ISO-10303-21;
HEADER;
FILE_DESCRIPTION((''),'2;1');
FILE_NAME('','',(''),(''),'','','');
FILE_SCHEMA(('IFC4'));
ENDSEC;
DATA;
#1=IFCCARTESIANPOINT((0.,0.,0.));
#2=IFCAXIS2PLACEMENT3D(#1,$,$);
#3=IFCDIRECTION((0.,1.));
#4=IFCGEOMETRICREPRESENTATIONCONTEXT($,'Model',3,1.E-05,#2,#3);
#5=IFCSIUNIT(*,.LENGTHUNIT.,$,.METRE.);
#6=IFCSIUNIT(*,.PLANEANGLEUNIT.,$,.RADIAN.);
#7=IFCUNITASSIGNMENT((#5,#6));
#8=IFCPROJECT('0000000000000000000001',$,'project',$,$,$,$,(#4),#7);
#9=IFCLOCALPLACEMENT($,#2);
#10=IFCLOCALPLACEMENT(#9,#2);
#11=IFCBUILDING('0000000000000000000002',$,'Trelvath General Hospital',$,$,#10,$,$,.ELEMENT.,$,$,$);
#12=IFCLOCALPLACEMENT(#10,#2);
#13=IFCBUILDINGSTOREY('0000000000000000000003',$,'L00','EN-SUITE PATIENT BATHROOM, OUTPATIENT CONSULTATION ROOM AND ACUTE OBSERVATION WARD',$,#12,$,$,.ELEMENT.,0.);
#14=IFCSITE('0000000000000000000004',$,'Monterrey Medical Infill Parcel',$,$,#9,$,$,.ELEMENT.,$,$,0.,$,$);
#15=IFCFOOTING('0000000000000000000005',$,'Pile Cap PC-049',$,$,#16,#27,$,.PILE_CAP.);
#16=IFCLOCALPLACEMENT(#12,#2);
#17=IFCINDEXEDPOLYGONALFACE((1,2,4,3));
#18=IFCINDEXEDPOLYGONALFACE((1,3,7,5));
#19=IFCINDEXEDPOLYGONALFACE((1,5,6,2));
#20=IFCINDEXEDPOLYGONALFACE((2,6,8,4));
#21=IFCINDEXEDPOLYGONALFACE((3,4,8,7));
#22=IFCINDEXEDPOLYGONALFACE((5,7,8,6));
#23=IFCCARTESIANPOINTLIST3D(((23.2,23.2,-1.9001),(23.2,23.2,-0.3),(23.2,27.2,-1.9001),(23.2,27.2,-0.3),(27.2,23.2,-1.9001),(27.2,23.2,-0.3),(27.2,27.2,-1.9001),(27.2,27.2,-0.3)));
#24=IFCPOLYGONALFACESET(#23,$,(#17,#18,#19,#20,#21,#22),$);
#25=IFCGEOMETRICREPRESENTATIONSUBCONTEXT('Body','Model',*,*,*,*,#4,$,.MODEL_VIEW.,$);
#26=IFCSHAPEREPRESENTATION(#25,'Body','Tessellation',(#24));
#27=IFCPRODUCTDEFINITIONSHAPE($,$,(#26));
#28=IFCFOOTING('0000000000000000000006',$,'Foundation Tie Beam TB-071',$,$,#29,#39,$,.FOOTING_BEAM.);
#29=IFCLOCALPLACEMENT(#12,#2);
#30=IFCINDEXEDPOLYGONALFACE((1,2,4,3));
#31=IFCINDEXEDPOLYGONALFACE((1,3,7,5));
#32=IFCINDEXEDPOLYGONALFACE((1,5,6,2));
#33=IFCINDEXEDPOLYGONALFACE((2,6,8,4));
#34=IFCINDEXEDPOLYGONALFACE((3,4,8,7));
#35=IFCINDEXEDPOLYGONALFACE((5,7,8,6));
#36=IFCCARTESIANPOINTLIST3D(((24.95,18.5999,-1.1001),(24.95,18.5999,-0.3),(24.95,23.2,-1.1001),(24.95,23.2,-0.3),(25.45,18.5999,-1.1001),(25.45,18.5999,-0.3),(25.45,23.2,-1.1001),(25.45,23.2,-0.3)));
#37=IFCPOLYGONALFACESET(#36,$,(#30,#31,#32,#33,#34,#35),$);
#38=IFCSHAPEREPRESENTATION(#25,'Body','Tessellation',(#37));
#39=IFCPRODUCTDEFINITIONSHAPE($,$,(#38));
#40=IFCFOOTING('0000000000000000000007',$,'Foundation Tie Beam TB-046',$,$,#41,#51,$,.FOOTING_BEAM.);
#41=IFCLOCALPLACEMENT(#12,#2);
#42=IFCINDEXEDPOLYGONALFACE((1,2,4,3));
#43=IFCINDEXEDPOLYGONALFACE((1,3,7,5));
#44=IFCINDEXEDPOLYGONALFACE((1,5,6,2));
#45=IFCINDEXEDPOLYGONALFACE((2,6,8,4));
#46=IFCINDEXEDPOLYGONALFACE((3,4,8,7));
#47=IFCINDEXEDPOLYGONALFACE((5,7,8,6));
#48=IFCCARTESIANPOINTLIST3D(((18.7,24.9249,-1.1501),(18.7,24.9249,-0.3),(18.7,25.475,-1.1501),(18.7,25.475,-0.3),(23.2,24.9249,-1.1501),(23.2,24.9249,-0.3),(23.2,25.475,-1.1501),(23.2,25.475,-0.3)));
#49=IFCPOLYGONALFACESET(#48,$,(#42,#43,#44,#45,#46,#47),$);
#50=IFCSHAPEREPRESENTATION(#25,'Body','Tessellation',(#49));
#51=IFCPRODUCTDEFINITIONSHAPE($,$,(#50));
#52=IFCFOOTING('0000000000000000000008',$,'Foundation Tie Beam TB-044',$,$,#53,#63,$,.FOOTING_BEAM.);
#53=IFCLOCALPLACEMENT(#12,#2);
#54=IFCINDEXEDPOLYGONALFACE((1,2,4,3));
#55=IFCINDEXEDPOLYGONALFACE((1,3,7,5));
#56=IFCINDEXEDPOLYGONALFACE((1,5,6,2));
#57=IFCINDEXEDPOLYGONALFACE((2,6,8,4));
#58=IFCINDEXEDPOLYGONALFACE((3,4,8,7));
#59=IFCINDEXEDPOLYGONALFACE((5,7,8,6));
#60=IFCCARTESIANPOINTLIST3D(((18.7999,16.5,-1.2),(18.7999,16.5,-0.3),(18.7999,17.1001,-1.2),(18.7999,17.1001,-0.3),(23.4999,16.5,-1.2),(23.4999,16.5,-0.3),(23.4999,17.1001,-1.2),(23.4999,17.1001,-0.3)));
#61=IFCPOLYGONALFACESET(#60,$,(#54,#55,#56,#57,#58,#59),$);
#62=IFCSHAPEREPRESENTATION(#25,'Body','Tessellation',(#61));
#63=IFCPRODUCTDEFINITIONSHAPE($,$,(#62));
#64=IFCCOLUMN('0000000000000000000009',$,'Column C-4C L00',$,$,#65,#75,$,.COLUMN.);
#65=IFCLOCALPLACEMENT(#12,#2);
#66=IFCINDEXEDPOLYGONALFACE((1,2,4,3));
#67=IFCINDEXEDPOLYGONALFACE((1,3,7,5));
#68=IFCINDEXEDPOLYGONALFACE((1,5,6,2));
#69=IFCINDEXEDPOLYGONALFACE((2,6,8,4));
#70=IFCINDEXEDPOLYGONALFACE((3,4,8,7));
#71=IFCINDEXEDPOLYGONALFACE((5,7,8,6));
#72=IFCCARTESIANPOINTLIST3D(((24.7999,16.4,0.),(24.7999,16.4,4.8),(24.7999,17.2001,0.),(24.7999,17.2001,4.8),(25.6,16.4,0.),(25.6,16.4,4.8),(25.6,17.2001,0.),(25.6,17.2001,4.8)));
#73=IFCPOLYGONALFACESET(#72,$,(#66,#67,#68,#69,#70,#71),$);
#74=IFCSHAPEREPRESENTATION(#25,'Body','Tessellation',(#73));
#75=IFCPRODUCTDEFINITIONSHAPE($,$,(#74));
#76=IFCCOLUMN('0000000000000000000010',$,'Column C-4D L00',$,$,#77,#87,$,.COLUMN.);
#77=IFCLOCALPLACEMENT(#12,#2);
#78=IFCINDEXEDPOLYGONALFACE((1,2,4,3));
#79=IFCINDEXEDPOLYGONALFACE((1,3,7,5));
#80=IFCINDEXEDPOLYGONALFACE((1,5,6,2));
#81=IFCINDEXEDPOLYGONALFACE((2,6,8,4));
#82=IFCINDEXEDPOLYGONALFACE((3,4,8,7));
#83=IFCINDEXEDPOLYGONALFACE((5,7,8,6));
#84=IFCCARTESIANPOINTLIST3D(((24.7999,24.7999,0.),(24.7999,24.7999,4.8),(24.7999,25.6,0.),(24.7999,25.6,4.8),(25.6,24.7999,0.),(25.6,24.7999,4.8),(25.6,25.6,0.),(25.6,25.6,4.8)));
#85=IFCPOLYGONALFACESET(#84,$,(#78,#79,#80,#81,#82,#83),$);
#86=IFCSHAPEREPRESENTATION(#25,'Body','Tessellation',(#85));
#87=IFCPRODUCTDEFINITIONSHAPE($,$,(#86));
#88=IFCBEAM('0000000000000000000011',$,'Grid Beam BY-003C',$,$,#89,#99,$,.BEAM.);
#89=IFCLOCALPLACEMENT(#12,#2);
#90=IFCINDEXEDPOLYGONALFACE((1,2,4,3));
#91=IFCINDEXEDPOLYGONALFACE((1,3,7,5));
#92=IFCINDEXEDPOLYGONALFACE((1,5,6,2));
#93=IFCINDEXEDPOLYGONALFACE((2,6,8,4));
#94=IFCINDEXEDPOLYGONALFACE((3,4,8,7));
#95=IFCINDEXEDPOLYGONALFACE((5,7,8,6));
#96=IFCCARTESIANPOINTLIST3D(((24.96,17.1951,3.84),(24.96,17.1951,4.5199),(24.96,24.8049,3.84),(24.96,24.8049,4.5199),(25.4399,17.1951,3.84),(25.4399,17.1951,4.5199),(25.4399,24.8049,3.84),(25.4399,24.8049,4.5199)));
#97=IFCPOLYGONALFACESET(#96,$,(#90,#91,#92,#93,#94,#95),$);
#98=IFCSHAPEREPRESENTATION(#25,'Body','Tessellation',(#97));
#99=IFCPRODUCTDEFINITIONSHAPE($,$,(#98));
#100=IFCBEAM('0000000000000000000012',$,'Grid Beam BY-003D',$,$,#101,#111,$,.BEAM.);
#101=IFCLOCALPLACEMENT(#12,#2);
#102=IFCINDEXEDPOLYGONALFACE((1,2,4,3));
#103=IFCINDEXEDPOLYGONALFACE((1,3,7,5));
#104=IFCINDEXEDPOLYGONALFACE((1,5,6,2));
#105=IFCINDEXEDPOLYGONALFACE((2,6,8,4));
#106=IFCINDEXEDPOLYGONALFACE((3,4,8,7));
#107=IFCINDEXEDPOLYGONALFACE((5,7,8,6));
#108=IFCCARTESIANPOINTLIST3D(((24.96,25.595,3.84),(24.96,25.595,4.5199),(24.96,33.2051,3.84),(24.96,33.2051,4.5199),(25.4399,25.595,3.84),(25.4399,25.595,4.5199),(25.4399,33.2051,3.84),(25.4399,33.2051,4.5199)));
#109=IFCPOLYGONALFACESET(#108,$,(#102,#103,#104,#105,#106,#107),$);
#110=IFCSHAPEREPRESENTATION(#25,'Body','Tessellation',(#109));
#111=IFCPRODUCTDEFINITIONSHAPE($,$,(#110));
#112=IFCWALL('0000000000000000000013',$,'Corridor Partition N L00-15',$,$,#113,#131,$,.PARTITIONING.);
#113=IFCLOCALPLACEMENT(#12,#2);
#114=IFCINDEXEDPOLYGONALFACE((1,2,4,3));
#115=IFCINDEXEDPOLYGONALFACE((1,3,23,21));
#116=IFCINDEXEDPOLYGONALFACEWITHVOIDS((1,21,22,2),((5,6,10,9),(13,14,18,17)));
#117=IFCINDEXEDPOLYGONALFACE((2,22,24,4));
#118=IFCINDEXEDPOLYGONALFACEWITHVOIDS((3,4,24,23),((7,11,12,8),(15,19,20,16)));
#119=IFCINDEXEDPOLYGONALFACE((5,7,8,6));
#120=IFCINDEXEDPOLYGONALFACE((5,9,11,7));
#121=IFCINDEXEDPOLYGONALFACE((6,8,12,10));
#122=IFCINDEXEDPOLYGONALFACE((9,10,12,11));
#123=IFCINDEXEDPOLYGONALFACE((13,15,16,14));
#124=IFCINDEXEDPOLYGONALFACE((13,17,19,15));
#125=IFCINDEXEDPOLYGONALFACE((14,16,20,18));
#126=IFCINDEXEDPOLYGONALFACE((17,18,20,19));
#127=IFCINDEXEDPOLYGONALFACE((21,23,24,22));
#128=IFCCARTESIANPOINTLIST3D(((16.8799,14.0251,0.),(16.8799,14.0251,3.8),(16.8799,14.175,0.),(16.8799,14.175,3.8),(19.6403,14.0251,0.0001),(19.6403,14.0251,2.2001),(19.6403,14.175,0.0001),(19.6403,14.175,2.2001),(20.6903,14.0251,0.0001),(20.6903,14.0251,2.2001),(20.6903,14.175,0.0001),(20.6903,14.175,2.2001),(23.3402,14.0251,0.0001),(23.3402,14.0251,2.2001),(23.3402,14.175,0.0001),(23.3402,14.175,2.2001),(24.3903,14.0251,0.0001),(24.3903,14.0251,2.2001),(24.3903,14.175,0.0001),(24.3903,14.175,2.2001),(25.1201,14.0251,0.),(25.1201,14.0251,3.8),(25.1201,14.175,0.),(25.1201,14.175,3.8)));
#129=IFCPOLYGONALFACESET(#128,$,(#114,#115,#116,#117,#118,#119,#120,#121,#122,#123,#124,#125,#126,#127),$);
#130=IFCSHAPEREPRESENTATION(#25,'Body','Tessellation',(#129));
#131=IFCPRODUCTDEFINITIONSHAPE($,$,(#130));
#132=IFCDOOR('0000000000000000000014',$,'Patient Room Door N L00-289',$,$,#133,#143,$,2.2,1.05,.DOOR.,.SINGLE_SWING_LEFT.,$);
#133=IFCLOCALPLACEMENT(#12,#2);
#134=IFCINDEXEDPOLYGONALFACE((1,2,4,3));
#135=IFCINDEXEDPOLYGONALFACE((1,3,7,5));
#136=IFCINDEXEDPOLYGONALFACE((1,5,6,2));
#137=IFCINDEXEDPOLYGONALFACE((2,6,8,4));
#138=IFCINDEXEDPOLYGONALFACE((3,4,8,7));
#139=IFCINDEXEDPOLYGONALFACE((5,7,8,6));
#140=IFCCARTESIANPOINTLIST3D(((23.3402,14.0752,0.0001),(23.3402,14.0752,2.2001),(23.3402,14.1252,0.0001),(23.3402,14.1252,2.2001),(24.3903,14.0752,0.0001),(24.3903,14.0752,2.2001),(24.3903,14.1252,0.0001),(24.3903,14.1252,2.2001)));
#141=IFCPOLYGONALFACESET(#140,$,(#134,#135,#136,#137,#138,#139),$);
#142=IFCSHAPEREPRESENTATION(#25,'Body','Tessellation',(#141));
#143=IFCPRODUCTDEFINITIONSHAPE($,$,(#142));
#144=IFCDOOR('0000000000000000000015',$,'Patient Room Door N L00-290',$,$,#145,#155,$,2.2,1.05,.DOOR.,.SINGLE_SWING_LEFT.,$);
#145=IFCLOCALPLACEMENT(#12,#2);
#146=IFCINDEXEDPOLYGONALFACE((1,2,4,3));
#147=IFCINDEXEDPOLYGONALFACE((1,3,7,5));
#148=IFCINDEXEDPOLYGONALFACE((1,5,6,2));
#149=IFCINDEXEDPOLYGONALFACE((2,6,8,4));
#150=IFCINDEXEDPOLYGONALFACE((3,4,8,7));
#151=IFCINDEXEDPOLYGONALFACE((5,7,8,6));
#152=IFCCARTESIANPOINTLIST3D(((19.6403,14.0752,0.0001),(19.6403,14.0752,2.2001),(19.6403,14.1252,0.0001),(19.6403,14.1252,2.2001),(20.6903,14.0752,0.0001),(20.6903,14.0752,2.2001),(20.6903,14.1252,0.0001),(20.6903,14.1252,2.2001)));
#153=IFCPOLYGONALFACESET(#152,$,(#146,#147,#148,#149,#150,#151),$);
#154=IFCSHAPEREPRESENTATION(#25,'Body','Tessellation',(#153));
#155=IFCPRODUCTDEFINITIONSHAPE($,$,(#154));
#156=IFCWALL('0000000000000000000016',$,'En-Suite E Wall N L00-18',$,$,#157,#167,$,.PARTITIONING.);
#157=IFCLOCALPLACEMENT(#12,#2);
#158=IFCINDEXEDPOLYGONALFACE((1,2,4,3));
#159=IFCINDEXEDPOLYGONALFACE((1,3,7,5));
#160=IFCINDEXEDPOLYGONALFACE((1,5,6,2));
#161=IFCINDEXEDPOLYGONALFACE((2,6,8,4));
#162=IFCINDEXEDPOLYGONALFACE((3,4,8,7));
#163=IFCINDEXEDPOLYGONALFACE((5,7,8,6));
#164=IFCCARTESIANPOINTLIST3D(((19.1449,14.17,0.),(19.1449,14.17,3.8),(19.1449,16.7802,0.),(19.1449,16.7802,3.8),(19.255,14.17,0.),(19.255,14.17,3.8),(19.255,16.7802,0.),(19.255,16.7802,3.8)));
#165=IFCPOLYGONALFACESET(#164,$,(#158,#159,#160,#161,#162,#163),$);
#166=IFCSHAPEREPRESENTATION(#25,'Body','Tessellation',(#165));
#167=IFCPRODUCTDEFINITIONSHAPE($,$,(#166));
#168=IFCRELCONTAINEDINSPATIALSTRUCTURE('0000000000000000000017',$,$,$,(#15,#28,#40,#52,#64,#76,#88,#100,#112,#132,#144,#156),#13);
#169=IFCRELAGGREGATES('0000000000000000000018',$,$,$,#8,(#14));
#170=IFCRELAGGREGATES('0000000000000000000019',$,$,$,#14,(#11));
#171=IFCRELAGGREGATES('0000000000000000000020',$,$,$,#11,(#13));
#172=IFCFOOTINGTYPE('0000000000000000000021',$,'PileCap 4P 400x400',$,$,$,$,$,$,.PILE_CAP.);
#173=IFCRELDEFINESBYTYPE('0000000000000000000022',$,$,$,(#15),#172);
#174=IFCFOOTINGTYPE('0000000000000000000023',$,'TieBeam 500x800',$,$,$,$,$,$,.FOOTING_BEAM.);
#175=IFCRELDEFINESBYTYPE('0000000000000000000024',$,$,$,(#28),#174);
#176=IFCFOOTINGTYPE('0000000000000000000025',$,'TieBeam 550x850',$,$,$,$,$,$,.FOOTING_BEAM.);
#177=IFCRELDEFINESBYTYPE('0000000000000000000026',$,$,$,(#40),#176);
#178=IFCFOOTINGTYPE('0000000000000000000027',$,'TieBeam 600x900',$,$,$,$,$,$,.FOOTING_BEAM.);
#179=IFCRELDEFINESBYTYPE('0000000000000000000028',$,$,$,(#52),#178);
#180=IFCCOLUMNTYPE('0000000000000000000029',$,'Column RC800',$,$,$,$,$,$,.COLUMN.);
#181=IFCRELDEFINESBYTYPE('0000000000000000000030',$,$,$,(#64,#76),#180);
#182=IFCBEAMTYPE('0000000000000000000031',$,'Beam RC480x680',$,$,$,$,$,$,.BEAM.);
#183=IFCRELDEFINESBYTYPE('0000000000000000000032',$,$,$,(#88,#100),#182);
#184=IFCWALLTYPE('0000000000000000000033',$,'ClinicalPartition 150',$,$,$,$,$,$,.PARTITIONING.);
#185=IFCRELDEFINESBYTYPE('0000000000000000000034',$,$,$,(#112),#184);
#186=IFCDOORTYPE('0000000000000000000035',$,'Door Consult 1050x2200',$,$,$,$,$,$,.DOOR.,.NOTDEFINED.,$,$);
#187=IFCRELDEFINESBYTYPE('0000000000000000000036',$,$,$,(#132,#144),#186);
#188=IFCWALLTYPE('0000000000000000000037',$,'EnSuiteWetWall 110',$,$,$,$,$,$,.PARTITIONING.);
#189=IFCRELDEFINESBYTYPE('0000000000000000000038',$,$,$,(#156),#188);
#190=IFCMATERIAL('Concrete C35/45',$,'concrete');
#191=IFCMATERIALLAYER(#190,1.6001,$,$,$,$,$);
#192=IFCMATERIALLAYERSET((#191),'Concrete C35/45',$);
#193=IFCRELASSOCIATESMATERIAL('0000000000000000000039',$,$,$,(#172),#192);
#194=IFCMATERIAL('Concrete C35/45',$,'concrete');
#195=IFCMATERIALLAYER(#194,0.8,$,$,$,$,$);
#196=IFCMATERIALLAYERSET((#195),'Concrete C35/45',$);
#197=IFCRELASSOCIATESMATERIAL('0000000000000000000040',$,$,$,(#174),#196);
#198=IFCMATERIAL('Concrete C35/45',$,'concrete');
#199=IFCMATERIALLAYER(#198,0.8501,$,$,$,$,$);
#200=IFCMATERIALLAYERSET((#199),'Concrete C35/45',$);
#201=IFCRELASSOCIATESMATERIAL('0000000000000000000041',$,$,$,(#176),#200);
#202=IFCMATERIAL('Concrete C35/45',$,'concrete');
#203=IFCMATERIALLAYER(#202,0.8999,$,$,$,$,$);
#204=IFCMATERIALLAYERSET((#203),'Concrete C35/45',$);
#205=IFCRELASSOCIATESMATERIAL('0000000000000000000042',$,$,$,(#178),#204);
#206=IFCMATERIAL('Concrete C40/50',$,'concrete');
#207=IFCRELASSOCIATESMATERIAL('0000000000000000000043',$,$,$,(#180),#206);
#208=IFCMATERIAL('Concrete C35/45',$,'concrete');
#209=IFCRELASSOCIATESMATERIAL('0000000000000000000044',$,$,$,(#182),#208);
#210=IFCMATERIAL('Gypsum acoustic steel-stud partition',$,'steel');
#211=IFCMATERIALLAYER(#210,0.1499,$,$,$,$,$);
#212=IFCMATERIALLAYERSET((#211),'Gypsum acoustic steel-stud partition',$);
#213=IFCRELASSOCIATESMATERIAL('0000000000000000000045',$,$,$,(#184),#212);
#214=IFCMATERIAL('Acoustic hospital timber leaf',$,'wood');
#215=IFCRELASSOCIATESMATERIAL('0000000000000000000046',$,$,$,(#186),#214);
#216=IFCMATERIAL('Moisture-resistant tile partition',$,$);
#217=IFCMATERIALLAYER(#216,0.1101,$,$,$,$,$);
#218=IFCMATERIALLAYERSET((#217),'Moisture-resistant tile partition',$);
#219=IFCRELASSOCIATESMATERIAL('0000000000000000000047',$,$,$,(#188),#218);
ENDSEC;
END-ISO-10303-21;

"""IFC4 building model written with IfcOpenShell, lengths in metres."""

from ifc_helpers import new_model, si_unit, direction, frame, frame_2d, origin, origin_2d, place, context, subcontext, project, spatial, rectangle, extrude, material, layer, layer_set, material_profile, profile_set, type_object, element, fill, save


model = new_model("IFC4")

# Units and contexts
model_context = context("Model", 3, precision=1e-05, world=origin(), true_north=direction((0.0, 1.0)))
body_context = subcontext(model_context, "Body", "Model", "MODEL_VIEW")
ifc_project = project(units=[si_unit("LENGTHUNIT", "METRE"), si_unit("PLANEANGLEUNIT", "RADIAN")], contexts=[model_context])

# Site, building, storey
site_placement = place(None, origin())
site = spatial("IfcSite", under=ifc_project, at=site_placement, Name="Monterrey Medical Infill Parcel", CompositionType="ELEMENT", RefElevation=0.0)
building_placement = place(site_placement, origin())
building = spatial("IfcBuilding", under=site, at=building_placement, Name="Trelvath General Hospital", CompositionType="ELEMENT")
storey_placement = place(building_placement, origin())
storey = spatial("IfcBuildingStorey", under=building, at=storey_placement, Name="L00", Description="EN-SUITE PATIENT BATHROOM, OUTPATIENT CONSULTATION ROOM AND ACUTE OBSERVATION WARD", CompositionType="ELEMENT", Elevation=0.0)

# Footings
ifc_material_1 = material(Name="Concrete C35/45", Category="concrete")
ifc_layer_1 = layer(ifc_material_1, 1.6001)
ifc_layer_set_1 = layer_set([ifc_layer_1], Name="Concrete C35/45")
footing_type_1 = type_object("IfcFootingType", Name="PileCap 4P 400x400", PredefinedType="PILE_CAP", material=ifc_layer_set_1)
footing_1_placement = place(storey_placement, frame((25.2, 25.2, -1.9001), z_axis=(0.0, 0.0, 1.0), x_axis=(1.0, 0.0, 0.0)))
element("IfcFooting", 1, at=footing_1_placement, inside=storey, type_object=footing_type_1, Name="Pile Cap PC-049", PredefinedType="PILE_CAP", context=body_context, shape_type="SweptSolid", body=[
    extrude(rectangle(XDim=4.0, YDim=4.0, at=origin_2d()), origin(), (0.0, 0.0, 1.0), 1.6001),
])
ifc_material_2 = material(Name="Concrete C35/45", Category="concrete")
ifc_layer_2 = layer(ifc_material_2, 0.8)
ifc_layer_set_2 = layer_set([ifc_layer_2], Name="Concrete C35/45")
footing_type_2 = type_object("IfcFootingType", Name="TieBeam 500x800", PredefinedType="FOOTING_BEAM", material=ifc_layer_set_2)
footing_2_placement = place(storey_placement, frame((25.2, 20.8999, -1.1001), z_axis=(0.0, 0.0, 1.0), x_axis=(1.0, 0.0, 0.0)))
element("IfcFooting", 2, at=footing_2_placement, inside=storey, type_object=footing_type_2, Name="Foundation Tie Beam TB-071", PredefinedType="FOOTING_BEAM", context=body_context, shape_type="SweptSolid", body=[
    extrude(rectangle(XDim=0.5, YDim=4.6001, at=origin_2d()), origin(), (0.0, 0.0, 1.0), 0.8),
])
ifc_material_3 = material(Name="Concrete C35/45", Category="concrete")
ifc_layer_3 = layer(ifc_material_3, 0.8501)
ifc_layer_set_3 = layer_set([ifc_layer_3], Name="Concrete C35/45")
footing_type_3 = type_object("IfcFootingType", Name="TieBeam 550x850", PredefinedType="FOOTING_BEAM", material=ifc_layer_set_3)
footing_3_placement = place(storey_placement, frame((20.95, 25.2, -1.1501), z_axis=(0.0, 0.0, 1.0), x_axis=(1.0, 0.0, 0.0)))
element("IfcFooting", 3, at=footing_3_placement, inside=storey, type_object=footing_type_3, Name="Foundation Tie Beam TB-046", PredefinedType="FOOTING_BEAM", context=body_context, shape_type="SweptSolid", body=[
    extrude(rectangle(XDim=4.5, YDim=0.55, at=origin_2d()), origin(), (0.0, 0.0, 1.0), 0.8501),
])
ifc_material_4 = material(Name="Concrete C35/45", Category="concrete")
ifc_layer_4 = layer(ifc_material_4, 0.8999)
ifc_layer_set_4 = layer_set([ifc_layer_4], Name="Concrete C35/45")
footing_type_4 = type_object("IfcFootingType", Name="TieBeam 600x900", PredefinedType="FOOTING_BEAM", material=ifc_layer_set_4)
footing_4_placement = place(storey_placement, frame((21.1499, 16.8, -1.2), z_axis=(0.0, 0.0, 1.0), x_axis=(1.0, 0.0, 0.0)))
element("IfcFooting", 4, at=footing_4_placement, inside=storey, type_object=footing_type_4, Name="Foundation Tie Beam TB-044", PredefinedType="FOOTING_BEAM", context=body_context, shape_type="SweptSolid", body=[
    extrude(rectangle(XDim=4.7, YDim=0.6001, at=origin_2d()), origin(), (0.0, 0.0, 1.0), 0.8999),
])

# Columns
ifc_material_5 = material(Name="Concrete C40/50", Category="concrete")
ifc_material_profile_1 = material_profile(ifc_material_5, rectangle(XDim=0.8, YDim=0.8, at=origin_2d()), Name="RC800x800")
ifc_profile_set_1 = profile_set([ifc_material_profile_1], Name="Concrete C40/50")
column_type = type_object("IfcColumnType", Name="Column RC800", PredefinedType="COLUMN", material=ifc_profile_set_1)
for number, where, z_axis, x_axis, name in (
    (5, (25.2, 16.8, 0.0), (0.0, 0.0, 1.0), (1.0, 0.0, 0.0), "Column C-4C L00"),
    (6, (25.2, 25.2, 0.0), (0.0, 0.0, 1.0), (1.0, 0.0, 0.0), "Column C-4D L00"),
):
    element("IfcColumn", number, at=place(storey_placement, frame(where, z_axis=z_axis, x_axis=x_axis)), inside=storey, type_object=column_type, Name=name, PredefinedType="COLUMN", context=body_context, shape_type="SweptSolid", body=[
        extrude(rectangle(XDim=0.8, YDim=0.8, at=origin_2d()), origin(), (0.0, 0.0, 1.0), 4.8),
    ])

# Beams
ifc_material_6 = material(Name="Concrete C35/45", Category="concrete")
ifc_material_profile_2 = material_profile(ifc_material_6, rectangle(XDim=0.48, YDim=0.6799, at=origin_2d()), Name="RCB480x680")
ifc_profile_set_2 = profile_set([ifc_material_profile_2], Name="Concrete C35/45")
beam_type = type_object("IfcBeamType", Name="Beam RC480x680", PredefinedType="BEAM", material=ifc_profile_set_2)
beam_1_placement = place(storey_placement, frame((25.2, 17.1951, 4.1799), z_axis=(0.0, 1.0, 0.0), x_axis=(-1.0, 0.0, 0.0)))
element("IfcBeam", 7, at=beam_1_placement, inside=storey, type_object=beam_type, Name="Grid Beam BY-003C", PredefinedType="BEAM", context=body_context, shape_type="SweptSolid", body=[
    extrude(rectangle(XDim=0.48, YDim=0.6799, at=origin_2d()), origin(), (0.0, 0.0, 1.0), 7.6099),
])
beam_2_placement = place(storey_placement, frame((25.2, 25.595, 4.1799), z_axis=(0.0, 1.0, 0.0), x_axis=(-1.0, 0.0, 0.0)))
element("IfcBeam", 8, at=beam_2_placement, inside=storey, type_object=beam_type, Name="Grid Beam BY-003D", PredefinedType="BEAM", context=body_context, shape_type="SweptSolid", body=[
    extrude(rectangle(XDim=0.48, YDim=0.6799, at=origin_2d()), origin(), (0.0, 0.0, 1.0), 7.6101),
])

# Wall, openings, doors
ifc_material_7 = material(Name="Gypsum acoustic steel-stud partition", Category="steel")
ifc_layer_5 = layer(ifc_material_7, 0.1499)
ifc_layer_set_5 = layer_set([ifc_layer_5], Name="Gypsum acoustic steel-stud partition")
wall_type_1 = type_object("IfcWallType", Name="ClinicalPartition 150", PredefinedType="PARTITIONING", material=ifc_layer_set_5)
wall_1_placement = place(storey_placement, frame((25.1201, 14.1001, 0.0), z_axis=(0.0, 0.0, 1.0), x_axis=(-1.0, 0.0, 0.0)))
wall_1 = element("IfcWall", 9, at=wall_1_placement, inside=storey, type_object=wall_type_1, Name="Corridor Partition N L00-15", PredefinedType="PARTITIONING", context=body_context, shape_type="SweptSolid", body=[
    extrude(rectangle(XDim=8.2402, YDim=0.1499, at=frame_2d((4.1201, 0.0))), origin(), (0.0, 0.0, 1.0), 3.8),
])
opening_1_placement = place(wall_1_placement, frame((0.73, 0.0, 0.0)))
opening_1 = element("IfcOpeningElement", 10, at=opening_1_placement, cuts=wall_1, PredefinedType="OPENING", context=body_context, shape_type="SweptSolid", body=[
    extrude(rectangle(XDim=1.05, YDim=2.2, at=frame_2d((0.5249, 1.1001))), frame((0.0, 0.085, 0.0), z_axis=(0.0, -1.0, 0.0), x_axis=(1.0, 0.0, 0.0)), (0.0, 0.0, 1.0), 0.1699),
])
opening_2_placement = place(wall_1_placement, frame((4.4299, 0.0, 0.0)))
opening_2 = element("IfcOpeningElement", 11, at=opening_2_placement, cuts=wall_1, PredefinedType="OPENING", context=body_context, shape_type="SweptSolid", body=[
    extrude(rectangle(XDim=1.05, YDim=2.2, at=frame_2d((0.5249, 1.1001))), frame((0.0, 0.085, 0.0), z_axis=(0.0, -1.0, 0.0), x_axis=(1.0, 0.0, 0.0)), (0.0, 0.0, 1.0), 0.1699),
])
ifc_material_8 = material(Name="Acoustic hospital timber leaf", Category="wood")
door_type_1 = type_object("IfcDoorType", Name="Door Consult 1050x2200", OperationType="NOTDEFINED", PredefinedType="DOOR", material=ifc_material_8)
door_1_placement = place(opening_1_placement, origin())
door_1 = element("IfcDoor", 12, at=door_1_placement, inside=storey, type_object=door_type_1, Name="Patient Room Door N L00-289", OperationType="SINGLE_SWING_LEFT", OverallHeight=2.2, OverallWidth=1.05, PredefinedType="DOOR", context=body_context, shape_type="SweptSolid", body=[
    extrude(rectangle(XDim=1.05, YDim=2.2, at=frame_2d((0.5249, 1.1001))), frame((0.0, 0.0249, 0.0), z_axis=(0.0, -1.0, 0.0), x_axis=(1.0, 0.0, 0.0)), (0.0, 0.0, 1.0), 0.05),
])
fill(opening_1, door_1)
door_2_placement = place(opening_2_placement, origin())
door_2 = element("IfcDoor", 13, at=door_2_placement, inside=storey, type_object=door_type_1, Name="Patient Room Door N L00-290", OperationType="SINGLE_SWING_LEFT", OverallHeight=2.2, OverallWidth=1.05, PredefinedType="DOOR", context=body_context, shape_type="SweptSolid", body=[
    extrude(rectangle(XDim=1.05, YDim=2.2, at=frame_2d((0.5249, 1.1001))), frame((0.0, 0.0249, 0.0), z_axis=(0.0, -1.0, 0.0), x_axis=(1.0, 0.0, 0.0)), (0.0, 0.0, 1.0), 0.05),
])
fill(opening_2, door_2)

# Wall
ifc_material_9 = material(Name="Moisture-resistant tile partition")
ifc_layer_6 = layer(ifc_material_9, 0.1101)
ifc_layer_set_6 = layer_set([ifc_layer_6], Name="Moisture-resistant tile partition")
wall_type_2 = type_object("IfcWallType", Name="EnSuiteWetWall 110", PredefinedType="PARTITIONING", material=ifc_layer_set_6)
for number, where, z_axis, x_axis, name in (
    (14, (19.2, 14.1699, 0.0), (0.0, 0.0, 1.0), (0.0, 1.0, 0.0), "En-Suite E Wall N L00-18"),
):
    element("IfcWall", number, at=place(storey_placement, frame(where, z_axis=z_axis, x_axis=x_axis)), inside=storey, type_object=wall_type_2, Name=name, PredefinedType="PARTITIONING", context=body_context, shape_type="SweptSolid", body=[
        extrude(rectangle(XDim=2.6101, YDim=0.1101, at=frame_2d((1.3052, 0.0))), origin(), (0.0, 0.0, 1.0), 3.8),
    ])

save(model, "model.ifc")
